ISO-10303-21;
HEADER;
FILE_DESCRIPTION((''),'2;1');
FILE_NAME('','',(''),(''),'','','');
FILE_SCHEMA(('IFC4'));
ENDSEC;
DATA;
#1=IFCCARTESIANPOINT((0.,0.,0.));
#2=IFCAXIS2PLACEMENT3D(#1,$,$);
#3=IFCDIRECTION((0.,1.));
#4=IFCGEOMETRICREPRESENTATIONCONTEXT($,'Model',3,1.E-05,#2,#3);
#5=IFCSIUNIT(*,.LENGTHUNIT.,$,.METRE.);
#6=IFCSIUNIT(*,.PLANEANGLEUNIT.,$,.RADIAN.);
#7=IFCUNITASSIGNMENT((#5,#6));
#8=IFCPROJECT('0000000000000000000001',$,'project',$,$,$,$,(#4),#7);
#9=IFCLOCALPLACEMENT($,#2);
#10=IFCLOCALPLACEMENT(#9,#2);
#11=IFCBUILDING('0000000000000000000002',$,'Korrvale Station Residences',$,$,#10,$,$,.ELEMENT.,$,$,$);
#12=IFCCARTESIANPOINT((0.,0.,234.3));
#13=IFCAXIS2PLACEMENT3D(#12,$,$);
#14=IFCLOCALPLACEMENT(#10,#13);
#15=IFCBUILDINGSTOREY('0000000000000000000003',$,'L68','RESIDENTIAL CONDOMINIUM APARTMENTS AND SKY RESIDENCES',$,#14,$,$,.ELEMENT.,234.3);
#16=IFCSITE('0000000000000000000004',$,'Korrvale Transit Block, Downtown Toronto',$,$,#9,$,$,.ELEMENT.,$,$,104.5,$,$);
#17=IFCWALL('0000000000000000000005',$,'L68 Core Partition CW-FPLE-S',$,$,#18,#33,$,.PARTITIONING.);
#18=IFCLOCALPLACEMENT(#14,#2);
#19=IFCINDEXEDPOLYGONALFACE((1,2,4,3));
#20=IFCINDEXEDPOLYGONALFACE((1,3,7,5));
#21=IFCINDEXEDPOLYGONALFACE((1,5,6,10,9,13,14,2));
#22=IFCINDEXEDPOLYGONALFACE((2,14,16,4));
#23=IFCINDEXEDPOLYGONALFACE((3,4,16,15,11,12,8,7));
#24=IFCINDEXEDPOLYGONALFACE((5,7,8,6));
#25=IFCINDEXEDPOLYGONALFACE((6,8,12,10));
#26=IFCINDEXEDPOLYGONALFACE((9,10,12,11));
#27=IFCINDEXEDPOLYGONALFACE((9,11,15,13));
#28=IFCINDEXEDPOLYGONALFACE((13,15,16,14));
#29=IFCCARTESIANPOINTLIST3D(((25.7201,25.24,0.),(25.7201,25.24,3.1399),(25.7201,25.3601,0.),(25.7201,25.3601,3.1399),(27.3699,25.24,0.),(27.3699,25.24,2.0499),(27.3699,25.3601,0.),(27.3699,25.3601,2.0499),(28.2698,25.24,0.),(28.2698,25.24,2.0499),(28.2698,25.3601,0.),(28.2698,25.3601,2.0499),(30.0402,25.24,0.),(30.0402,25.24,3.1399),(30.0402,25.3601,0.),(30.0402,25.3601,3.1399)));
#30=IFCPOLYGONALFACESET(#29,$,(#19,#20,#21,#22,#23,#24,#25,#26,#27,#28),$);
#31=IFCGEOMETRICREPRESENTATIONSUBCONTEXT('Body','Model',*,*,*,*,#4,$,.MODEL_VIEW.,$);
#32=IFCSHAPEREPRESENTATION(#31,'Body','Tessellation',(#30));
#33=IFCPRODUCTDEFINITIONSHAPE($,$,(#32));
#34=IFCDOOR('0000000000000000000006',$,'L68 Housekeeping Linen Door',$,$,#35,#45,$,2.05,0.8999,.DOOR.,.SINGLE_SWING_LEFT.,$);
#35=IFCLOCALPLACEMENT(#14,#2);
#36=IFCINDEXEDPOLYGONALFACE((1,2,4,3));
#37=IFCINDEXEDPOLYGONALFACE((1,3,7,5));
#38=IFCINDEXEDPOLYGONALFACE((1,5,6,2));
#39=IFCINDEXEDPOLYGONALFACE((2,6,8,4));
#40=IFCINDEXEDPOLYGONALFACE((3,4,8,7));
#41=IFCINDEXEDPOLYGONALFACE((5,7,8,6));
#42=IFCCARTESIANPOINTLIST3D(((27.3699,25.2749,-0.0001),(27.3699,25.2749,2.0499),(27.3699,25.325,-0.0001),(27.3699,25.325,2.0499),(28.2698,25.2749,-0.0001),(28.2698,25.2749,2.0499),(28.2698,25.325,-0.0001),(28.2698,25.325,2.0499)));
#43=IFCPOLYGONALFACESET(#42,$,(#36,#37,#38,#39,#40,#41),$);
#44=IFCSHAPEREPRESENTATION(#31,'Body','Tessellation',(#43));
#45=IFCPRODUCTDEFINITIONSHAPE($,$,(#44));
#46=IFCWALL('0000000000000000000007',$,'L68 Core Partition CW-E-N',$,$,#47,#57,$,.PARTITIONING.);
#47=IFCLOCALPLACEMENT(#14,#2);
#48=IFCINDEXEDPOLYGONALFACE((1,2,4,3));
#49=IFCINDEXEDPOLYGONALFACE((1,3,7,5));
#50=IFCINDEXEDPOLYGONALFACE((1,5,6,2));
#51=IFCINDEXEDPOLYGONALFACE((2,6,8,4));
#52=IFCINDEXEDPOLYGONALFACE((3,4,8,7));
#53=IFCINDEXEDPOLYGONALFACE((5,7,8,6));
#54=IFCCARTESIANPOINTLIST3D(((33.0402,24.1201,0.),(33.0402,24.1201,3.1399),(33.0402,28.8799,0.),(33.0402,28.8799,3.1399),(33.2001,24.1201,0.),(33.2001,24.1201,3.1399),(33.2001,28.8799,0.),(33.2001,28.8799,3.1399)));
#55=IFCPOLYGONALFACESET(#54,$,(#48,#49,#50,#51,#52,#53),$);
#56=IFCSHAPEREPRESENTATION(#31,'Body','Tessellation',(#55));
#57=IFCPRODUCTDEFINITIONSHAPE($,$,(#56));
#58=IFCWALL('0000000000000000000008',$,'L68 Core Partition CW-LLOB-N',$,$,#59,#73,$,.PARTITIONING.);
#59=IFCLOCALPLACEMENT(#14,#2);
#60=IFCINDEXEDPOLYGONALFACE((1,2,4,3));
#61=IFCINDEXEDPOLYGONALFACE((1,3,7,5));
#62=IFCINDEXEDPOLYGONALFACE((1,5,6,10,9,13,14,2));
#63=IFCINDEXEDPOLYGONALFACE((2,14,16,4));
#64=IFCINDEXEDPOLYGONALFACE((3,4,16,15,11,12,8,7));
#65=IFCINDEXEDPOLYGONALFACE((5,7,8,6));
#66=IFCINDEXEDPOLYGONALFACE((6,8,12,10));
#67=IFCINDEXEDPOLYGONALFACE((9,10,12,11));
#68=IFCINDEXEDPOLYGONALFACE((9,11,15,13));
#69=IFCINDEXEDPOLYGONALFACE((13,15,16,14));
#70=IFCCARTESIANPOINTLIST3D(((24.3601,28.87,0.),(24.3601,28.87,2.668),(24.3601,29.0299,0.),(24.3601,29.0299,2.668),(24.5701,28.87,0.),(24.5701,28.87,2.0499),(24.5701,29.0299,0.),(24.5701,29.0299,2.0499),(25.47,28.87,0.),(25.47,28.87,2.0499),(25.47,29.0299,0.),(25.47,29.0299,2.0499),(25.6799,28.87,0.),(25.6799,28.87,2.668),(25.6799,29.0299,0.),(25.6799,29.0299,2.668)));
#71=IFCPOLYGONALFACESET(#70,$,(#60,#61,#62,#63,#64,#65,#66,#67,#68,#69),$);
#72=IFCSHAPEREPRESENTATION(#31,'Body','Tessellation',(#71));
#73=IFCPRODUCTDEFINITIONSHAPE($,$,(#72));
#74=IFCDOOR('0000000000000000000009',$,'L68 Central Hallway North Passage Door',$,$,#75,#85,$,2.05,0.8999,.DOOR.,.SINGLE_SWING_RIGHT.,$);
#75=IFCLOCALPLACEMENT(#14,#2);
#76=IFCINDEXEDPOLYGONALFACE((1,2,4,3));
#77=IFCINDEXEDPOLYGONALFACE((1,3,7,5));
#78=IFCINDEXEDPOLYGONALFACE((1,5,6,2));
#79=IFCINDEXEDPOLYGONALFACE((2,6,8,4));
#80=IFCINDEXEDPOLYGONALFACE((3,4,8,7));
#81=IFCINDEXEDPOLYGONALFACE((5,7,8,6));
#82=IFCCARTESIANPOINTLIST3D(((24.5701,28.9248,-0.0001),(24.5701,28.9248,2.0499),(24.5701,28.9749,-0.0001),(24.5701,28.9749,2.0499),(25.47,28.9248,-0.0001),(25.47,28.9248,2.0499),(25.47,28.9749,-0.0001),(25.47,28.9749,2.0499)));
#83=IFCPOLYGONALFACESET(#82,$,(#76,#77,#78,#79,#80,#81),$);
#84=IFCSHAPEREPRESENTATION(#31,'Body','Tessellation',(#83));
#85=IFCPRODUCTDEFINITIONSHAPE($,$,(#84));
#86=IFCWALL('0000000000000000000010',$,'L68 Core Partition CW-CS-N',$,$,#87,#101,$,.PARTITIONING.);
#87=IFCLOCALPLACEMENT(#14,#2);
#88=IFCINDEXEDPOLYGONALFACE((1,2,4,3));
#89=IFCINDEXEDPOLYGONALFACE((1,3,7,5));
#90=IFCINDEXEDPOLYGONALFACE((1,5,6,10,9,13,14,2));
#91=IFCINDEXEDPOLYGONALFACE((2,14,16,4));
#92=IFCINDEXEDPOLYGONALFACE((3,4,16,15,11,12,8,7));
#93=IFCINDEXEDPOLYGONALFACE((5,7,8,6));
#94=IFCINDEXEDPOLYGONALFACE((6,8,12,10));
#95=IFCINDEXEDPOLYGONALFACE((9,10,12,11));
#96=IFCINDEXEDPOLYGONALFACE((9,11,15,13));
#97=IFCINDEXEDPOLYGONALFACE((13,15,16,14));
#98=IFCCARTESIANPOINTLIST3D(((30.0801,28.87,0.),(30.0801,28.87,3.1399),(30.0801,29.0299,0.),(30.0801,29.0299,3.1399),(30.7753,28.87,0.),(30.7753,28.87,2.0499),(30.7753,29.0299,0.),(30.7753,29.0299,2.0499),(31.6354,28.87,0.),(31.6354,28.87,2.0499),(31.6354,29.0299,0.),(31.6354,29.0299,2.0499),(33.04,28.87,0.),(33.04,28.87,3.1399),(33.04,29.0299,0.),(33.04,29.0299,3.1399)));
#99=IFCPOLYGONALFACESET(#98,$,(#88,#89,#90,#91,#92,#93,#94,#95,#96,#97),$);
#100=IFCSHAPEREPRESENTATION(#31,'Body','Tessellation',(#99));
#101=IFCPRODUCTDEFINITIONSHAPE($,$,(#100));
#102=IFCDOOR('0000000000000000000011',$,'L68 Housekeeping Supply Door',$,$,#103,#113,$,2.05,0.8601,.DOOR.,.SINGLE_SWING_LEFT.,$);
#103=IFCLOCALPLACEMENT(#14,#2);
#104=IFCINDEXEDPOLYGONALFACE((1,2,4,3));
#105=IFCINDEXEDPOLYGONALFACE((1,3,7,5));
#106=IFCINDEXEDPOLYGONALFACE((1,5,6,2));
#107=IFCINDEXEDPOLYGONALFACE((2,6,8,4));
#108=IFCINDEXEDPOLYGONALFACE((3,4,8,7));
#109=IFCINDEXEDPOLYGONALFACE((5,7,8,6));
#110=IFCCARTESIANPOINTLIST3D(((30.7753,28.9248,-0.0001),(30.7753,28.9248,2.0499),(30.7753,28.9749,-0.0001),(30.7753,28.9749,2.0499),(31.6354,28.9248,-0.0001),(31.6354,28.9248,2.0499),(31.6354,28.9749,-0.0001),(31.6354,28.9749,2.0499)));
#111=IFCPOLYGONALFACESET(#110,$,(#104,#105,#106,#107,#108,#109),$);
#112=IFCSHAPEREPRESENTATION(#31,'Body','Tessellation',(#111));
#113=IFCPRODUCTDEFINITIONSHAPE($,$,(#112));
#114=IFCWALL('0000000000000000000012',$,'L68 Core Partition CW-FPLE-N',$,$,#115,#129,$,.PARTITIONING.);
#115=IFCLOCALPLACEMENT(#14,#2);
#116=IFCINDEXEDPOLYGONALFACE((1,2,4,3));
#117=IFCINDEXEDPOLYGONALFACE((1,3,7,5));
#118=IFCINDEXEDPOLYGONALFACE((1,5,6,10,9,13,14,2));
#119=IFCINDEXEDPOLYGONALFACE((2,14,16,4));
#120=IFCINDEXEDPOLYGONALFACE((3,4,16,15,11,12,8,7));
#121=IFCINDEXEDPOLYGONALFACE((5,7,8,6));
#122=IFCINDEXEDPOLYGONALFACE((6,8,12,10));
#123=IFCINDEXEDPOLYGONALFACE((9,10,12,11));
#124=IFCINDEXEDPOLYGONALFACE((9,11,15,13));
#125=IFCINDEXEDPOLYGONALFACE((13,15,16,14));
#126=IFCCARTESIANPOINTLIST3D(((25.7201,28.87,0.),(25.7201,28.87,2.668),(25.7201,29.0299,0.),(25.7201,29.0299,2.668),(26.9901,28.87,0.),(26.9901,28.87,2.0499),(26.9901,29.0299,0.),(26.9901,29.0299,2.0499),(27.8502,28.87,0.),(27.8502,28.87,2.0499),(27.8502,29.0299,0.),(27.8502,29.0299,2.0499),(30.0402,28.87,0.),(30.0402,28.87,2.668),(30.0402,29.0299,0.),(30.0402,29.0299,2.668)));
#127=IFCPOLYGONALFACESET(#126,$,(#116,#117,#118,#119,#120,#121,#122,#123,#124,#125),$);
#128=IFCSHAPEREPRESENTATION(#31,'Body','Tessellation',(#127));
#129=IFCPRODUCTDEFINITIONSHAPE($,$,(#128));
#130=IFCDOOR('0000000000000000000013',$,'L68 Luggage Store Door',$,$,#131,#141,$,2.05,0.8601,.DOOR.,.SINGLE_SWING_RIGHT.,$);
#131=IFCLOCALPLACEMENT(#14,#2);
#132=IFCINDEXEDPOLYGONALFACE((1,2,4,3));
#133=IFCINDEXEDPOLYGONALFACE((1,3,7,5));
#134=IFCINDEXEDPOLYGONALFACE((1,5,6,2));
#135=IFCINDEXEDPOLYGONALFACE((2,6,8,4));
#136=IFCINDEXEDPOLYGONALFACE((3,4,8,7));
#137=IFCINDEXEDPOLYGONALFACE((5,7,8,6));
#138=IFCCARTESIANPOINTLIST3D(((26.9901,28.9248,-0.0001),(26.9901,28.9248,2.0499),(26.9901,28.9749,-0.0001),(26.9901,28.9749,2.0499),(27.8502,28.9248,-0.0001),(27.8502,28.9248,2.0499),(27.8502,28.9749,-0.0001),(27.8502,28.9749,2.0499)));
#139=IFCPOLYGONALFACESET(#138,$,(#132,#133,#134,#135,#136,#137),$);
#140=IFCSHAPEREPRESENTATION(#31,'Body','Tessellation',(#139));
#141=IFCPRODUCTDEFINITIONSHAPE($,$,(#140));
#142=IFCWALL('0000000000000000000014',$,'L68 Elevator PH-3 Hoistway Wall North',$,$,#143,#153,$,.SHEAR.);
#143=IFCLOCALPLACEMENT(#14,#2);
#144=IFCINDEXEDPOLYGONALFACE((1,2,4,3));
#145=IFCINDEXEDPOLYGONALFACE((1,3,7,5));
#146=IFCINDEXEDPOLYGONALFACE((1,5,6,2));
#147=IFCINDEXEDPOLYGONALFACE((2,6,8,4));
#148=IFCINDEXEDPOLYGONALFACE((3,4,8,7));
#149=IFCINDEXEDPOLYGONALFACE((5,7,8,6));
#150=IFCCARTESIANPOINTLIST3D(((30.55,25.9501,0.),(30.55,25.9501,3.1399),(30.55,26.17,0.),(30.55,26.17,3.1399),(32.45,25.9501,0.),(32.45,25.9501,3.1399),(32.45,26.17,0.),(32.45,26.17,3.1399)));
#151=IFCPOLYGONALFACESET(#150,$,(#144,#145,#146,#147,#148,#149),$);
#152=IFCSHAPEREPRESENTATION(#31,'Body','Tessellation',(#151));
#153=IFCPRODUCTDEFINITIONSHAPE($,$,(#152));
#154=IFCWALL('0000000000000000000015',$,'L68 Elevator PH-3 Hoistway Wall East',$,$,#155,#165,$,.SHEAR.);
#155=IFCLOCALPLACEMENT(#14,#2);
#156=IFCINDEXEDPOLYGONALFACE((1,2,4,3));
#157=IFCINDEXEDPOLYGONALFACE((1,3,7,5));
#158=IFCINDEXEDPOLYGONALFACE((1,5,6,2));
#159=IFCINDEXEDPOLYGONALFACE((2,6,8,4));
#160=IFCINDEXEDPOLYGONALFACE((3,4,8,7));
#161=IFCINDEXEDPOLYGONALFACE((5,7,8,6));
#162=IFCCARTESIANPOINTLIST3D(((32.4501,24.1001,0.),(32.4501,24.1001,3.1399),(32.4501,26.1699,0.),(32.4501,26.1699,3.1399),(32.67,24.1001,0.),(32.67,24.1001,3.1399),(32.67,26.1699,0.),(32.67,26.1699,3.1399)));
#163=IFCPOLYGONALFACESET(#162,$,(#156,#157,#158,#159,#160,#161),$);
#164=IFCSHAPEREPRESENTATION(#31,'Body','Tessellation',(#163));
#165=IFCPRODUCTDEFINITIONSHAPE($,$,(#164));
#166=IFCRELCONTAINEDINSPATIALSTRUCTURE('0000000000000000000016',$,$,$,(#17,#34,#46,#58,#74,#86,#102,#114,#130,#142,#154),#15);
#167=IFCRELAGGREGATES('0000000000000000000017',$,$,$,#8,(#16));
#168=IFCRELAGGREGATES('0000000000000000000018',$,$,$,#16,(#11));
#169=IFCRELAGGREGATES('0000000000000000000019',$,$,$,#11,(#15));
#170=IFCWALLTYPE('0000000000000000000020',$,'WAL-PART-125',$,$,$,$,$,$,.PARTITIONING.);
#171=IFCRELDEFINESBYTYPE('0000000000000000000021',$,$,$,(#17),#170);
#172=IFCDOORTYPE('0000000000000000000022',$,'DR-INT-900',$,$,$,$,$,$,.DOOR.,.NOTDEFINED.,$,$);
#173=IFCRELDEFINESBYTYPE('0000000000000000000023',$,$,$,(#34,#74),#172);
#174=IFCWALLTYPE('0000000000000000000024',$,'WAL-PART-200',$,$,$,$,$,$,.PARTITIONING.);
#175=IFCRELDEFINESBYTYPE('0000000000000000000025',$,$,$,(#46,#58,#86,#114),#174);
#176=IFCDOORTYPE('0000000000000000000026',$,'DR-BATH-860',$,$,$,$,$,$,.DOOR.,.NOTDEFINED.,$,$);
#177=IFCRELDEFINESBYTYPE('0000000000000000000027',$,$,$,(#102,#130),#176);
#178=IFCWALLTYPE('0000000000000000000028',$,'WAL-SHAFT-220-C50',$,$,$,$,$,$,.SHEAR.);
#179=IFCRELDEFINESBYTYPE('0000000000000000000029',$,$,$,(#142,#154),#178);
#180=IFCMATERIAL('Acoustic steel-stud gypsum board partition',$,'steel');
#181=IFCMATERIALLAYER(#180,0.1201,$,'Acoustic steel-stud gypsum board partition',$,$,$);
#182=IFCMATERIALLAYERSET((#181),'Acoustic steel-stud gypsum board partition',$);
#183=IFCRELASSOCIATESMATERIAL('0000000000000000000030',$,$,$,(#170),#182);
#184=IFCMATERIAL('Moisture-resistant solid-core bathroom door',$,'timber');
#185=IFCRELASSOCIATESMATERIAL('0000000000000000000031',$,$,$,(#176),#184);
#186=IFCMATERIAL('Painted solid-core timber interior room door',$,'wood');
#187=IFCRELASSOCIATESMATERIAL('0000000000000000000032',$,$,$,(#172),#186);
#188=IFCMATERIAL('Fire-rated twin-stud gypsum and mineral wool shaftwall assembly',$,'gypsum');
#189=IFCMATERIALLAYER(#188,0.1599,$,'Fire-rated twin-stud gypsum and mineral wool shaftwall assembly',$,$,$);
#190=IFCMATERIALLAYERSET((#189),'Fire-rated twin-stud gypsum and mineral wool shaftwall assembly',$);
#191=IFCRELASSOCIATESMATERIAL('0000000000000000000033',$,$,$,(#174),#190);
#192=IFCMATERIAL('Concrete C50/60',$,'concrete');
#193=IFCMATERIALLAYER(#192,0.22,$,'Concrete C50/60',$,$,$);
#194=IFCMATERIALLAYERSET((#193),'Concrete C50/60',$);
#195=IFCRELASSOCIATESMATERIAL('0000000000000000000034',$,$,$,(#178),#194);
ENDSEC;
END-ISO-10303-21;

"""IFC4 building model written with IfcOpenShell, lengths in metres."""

from ifc_helpers import new_model, si_unit, direction, frame, frame_2d, origin, place, context, subcontext, project, spatial, rectangle, extrude, material, layer, layer_set, type_object, element, fill, save


model = new_model("IFC4")

# Units and contexts
model_context = context("Model", 3, precision=1e-05, world=origin(), true_north=direction((0.0, 1.0)))
body_context = subcontext(model_context, "Body", "Model", "MODEL_VIEW")
ifc_project = project(units=[si_unit("LENGTHUNIT", "METRE"), si_unit("PLANEANGLEUNIT", "RADIAN")], contexts=[model_context])

# Site, building, storey
site_placement = place(None, origin())
site = spatial("IfcSite", under=ifc_project, at=site_placement, Name="Korrvale Transit Block, Downtown Toronto", CompositionType="ELEMENT", RefElevation=104.5)
building_placement = place(site_placement, origin())
building = spatial("IfcBuilding", under=site, at=building_placement, Name="Korrvale Station Residences", CompositionType="ELEMENT")
storey_placement = place(building_placement, frame((0.0, 0.0, 234.3)))
storey = spatial("IfcBuildingStorey", under=building, at=storey_placement, Name="L68", Description="RESIDENTIAL CONDOMINIUM APARTMENTS AND SKY RESIDENCES", CompositionType="ELEMENT", Elevation=234.3)

# Shared definitions
ifc_material_1 = material(Name="Concrete C50/60", Category="concrete")

# Shared definitions
ifc_material_2 = material(Name="Acoustic steel-stud gypsum board partition", Category="steel")
ifc_layer_1 = layer(ifc_material_2, 0.1201, Name="Acoustic steel-stud gypsum board partition")
ifc_layer_set_1 = layer_set([ifc_layer_1], Name="Acoustic steel-stud gypsum board partition")
wall_type_1 = type_object("IfcWallType", Name="WAL-PART-125", PredefinedType="PARTITIONING", material=ifc_layer_set_1)

# Shared definitions
ifc_material_3 = material(Name="Moisture-resistant solid-core bathroom door", Category="timber")
door_type_1 = type_object("IfcDoorType", Name="DR-BATH-860", OperationType="NOTDEFINED", PredefinedType="DOOR", material=ifc_material_3)

# Wall, opening, door
wall_1_placement = place(storey_placement, frame((25.72, 25.3, 0.0), z_axis=(0.0, 0.0, 1.0), x_axis=(1.0, 0.0, 0.0)))
wall_1 = element("IfcWall", 1, at=wall_1_placement, inside=storey, type_object=wall_type_1, Name="L68 Core Partition CW-FPLE-S", PredefinedType="PARTITIONING", context=body_context, shape_type="SweptSolid", body=[
    extrude(rectangle(XDim=4.3201, YDim=0.1201, at=frame_2d((2.1602, 0.0))), origin(), (0.0, 0.0, 1.0), 3.1399),
])
opening_1_placement = place(wall_1_placement, frame((1.6499, 0.0, 0.0)))
opening_1 = element("IfcOpeningElement", 2, at=opening_1_placement, cuts=wall_1, PredefinedType="OPENING", context=body_context, shape_type="SweptSolid", body=[
    extrude(rectangle(XDim=0.8999, YDim=2.05, at=frame_2d((0.45, 1.0249))), frame((0.0, 0.0701, 0.0), z_axis=(0.0, -1.0, 0.0), x_axis=(1.0, 0.0, 0.0)), (0.0, 0.0, 1.0), 0.1401),
])
ifc_material_4 = material(Name="Painted solid-core timber interior room door", Category="wood")
door_type_2 = type_object("IfcDoorType", Name="DR-INT-900", OperationType="NOTDEFINED", PredefinedType="DOOR", material=ifc_material_4)
door_1_placement = place(opening_1_placement, origin())
door_1 = element("IfcDoor", 3, at=door_1_placement, inside=storey, type_object=door_type_2, Name="L68 Housekeeping Linen Door", OperationType="SINGLE_SWING_LEFT", OverallHeight=2.05, OverallWidth=0.8999, PredefinedType="DOOR", context=body_context, shape_type="SweptSolid", body=[
    extrude(rectangle(XDim=0.8999, YDim=2.05, at=frame_2d((0.45, 1.0249))), frame((0.0, 0.0249, 0.0), z_axis=(0.0, -1.0, 0.0), x_axis=(1.0, 0.0, 0.0)), (0.0, 0.0, 1.0), 0.05),
])
fill(opening_1, door_1)

# Wall
ifc_material_5 = material(Name="Fire-rated twin-stud gypsum and mineral wool shaftwall assembly", Category="gypsum")
ifc_layer_2 = layer(ifc_material_5, 0.1599, Name="Fire-rated twin-stud gypsum and mineral wool shaftwall assembly")
ifc_layer_set_2 = layer_set([ifc_layer_2], Name="Fire-rated twin-stud gypsum and mineral wool shaftwall assembly")
wall_type_2 = type_object("IfcWallType", Name="WAL-PART-200", PredefinedType="PARTITIONING", material=ifc_layer_set_2)
wall_2_placement = place(storey_placement, frame((33.1201, 24.1201, 0.0), z_axis=(0.0, 0.0, 1.0), x_axis=(0.0, 1.0, 0.0)))
element("IfcWall", 4, at=wall_2_placement, inside=storey, type_object=wall_type_2, Name="L68 Core Partition CW-E-N", PredefinedType="PARTITIONING", context=body_context, shape_type="SweptSolid", body=[
    extrude(rectangle(XDim=4.7598, YDim=0.1599, at=frame_2d((2.3799, 0.0))), origin(), (0.0, 0.0, 1.0), 3.1399),
])

# Walls, openings, doors
wall_3_placement = place(storey_placement, frame((24.3601, 28.95, 0.0), z_axis=(0.0, 0.0, 1.0), x_axis=(1.0, 0.0, 0.0)))
wall_3 = element("IfcWall", 5, at=wall_3_placement, inside=storey, type_object=wall_type_2, Name="L68 Core Partition CW-LLOB-N", PredefinedType="PARTITIONING", context=body_context, shape_type="SweptSolid", body=[
    extrude(rectangle(XDim=1.3198, YDim=0.1599, at=frame_2d((0.6599, 0.0))), origin(), (0.0, 0.0, 1.0), 2.668),
])
opening_2_placement = place(wall_3_placement, frame((0.21, 0.0, 0.0)))
opening_2 = element("IfcOpeningElement", 6, at=opening_2_placement, cuts=wall_3, PredefinedType="OPENING", context=body_context, shape_type="SweptSolid", body=[
    extrude(rectangle(XDim=0.8999, YDim=2.05, at=frame_2d((0.45, 1.0249))), frame((0.0, 0.0898, 0.0), z_axis=(0.0, -1.0, 0.0), x_axis=(1.0, 0.0, 0.0)), (0.0, 0.0, 1.0), 0.1799),
])
door_2_placement = place(opening_2_placement, origin())
door_2 = element("IfcDoor", 7, at=door_2_placement, inside=storey, type_object=door_type_2, Name="L68 Central Hallway North Passage Door", OperationType="SINGLE_SWING_RIGHT", OverallHeight=2.05, OverallWidth=0.8999, PredefinedType="DOOR", context=body_context, shape_type="SweptSolid", body=[
    extrude(rectangle(XDim=0.8999, YDim=2.05, at=frame_2d((0.45, 1.0249))), frame((0.0, 0.0249, 0.0), z_axis=(0.0, -1.0, 0.0), x_axis=(1.0, 0.0, 0.0)), (0.0, 0.0, 1.0), 0.05),
])
fill(opening_2, door_2)
wall_4_placement = place(storey_placement, frame((30.0801, 28.95, 0.0), z_axis=(0.0, 0.0, 1.0), x_axis=(1.0, 0.0, 0.0)))
wall_4 = element("IfcWall", 8, at=wall_4_placement, inside=storey, type_object=wall_type_2, Name="L68 Core Partition CW-CS-N", PredefinedType="PARTITIONING", context=body_context, shape_type="SweptSolid", body=[
    extrude(rectangle(XDim=2.96, YDim=0.1599, at=frame_2d((1.48, 0.0))), origin(), (0.0, 0.0, 1.0), 3.1399),
])
opening_3_placement = place(wall_4_placement, frame((0.6951, 0.0, 0.0)))
opening_3 = element("IfcOpeningElement", 9, at=opening_3_placement, cuts=wall_4, PredefinedType="OPENING", context=body_context, shape_type="SweptSolid", body=[
    extrude(rectangle(XDim=0.8601, YDim=2.05, at=frame_2d((0.4302, 1.0249))), frame((0.0, 0.0898, 0.0), z_axis=(0.0, -1.0, 0.0), x_axis=(1.0, 0.0, 0.0)), (0.0, 0.0, 1.0), 0.1799),
])
door_3_placement = place(opening_3_placement, origin())
door_3 = element("IfcDoor", 10, at=door_3_placement, inside=storey, type_object=door_type_1, Name="L68 Housekeeping Supply Door", OperationType="SINGLE_SWING_LEFT", OverallHeight=2.05, OverallWidth=0.8601, PredefinedType="DOOR", context=body_context, shape_type="SweptSolid", body=[
    extrude(rectangle(XDim=0.8601, YDim=2.05, at=frame_2d((0.4302, 1.0249))), frame((0.0, 0.0249, 0.0), z_axis=(0.0, -1.0, 0.0), x_axis=(1.0, 0.0, 0.0)), (0.0, 0.0, 1.0), 0.05),
])
fill(opening_3, door_3)
wall_5_placement = place(storey_placement, frame((25.72, 28.95, 0.0), z_axis=(0.0, 0.0, 1.0), x_axis=(1.0, 0.0, 0.0)))
wall_5 = element("IfcWall", 11, at=wall_5_placement, inside=storey, type_object=wall_type_2, Name="L68 Core Partition CW-FPLE-N", PredefinedType="PARTITIONING", context=body_context, shape_type="SweptSolid", body=[
    extrude(rectangle(XDim=4.3201, YDim=0.1599, at=frame_2d((2.1602, 0.0))), origin(), (0.0, 0.0, 1.0), 2.668),
])
opening_4_placement = place(wall_5_placement, frame((1.27, 0.0, 0.0)))
opening_4 = element("IfcOpeningElement", 12, at=opening_4_placement, cuts=wall_5, PredefinedType="OPENING", context=body_context, shape_type="SweptSolid", body=[
    extrude(rectangle(XDim=0.8601, YDim=2.05, at=frame_2d((0.4302, 1.0249))), frame((0.0, 0.0898, 0.0), z_axis=(0.0, -1.0, 0.0), x_axis=(1.0, 0.0, 0.0)), (0.0, 0.0, 1.0), 0.1799),
])
door_4_placement = place(opening_4_placement, origin())
door_4 = element("IfcDoor", 13, at=door_4_placement, inside=storey, type_object=door_type_1, Name="L68 Luggage Store Door", OperationType="SINGLE_SWING_RIGHT", OverallHeight=2.05, OverallWidth=0.8601, PredefinedType="DOOR", context=body_context, shape_type="SweptSolid", body=[
    extrude(rectangle(XDim=0.8601, YDim=2.05, at=frame_2d((0.4302, 1.0249))), frame((0.0, 0.0249, 0.0), z_axis=(0.0, -1.0, 0.0), x_axis=(1.0, 0.0, 0.0)), (0.0, 0.0, 1.0), 0.05),
])
fill(opening_4, door_4)

# Wall
ifc_layer_3 = layer(ifc_material_1, 0.22, Name="Concrete C50/60")
ifc_layer_set_3 = layer_set([ifc_layer_3], Name="Concrete C50/60")
wall_type_3 = type_object("IfcWallType", Name="WAL-SHAFT-220-C50", PredefinedType="SHEAR", material=ifc_layer_set_3)
wall_6_placement = place(storey_placement, frame((30.55, 26.0601, 0.0), z_axis=(0.0, 0.0, 1.0), x_axis=(1.0, 0.0, 0.0)))
element("IfcWall", 14, at=wall_6_placement, inside=storey, type_object=wall_type_3, Name="L68 Elevator PH-3 Hoistway Wall North", PredefinedType="SHEAR", context=body_context, shape_type="SweptSolid", body=[
    extrude(rectangle(XDim=1.8999, YDim=0.22, at=frame_2d((0.95, 0.0))), origin(), (0.0, 0.0, 1.0), 3.1399),
])

# Wall
wall_7_placement = place(storey_placement, frame((32.5601, 24.1001, 0.0), z_axis=(0.0, 0.0, 1.0), x_axis=(0.0, 1.0, 0.0)))
element("IfcWall", 15, at=wall_7_placement, inside=storey, type_object=wall_type_3, Name="L68 Elevator PH-3 Hoistway Wall East", PredefinedType="SHEAR", context=body_context, shape_type="SweptSolid", body=[
    extrude(rectangle(XDim=2.0698, YDim=0.22, at=frame_2d((1.0349, 0.0))), origin(), (0.0, 0.0, 1.0), 3.1399),
])

save(model, "model.ifc")
